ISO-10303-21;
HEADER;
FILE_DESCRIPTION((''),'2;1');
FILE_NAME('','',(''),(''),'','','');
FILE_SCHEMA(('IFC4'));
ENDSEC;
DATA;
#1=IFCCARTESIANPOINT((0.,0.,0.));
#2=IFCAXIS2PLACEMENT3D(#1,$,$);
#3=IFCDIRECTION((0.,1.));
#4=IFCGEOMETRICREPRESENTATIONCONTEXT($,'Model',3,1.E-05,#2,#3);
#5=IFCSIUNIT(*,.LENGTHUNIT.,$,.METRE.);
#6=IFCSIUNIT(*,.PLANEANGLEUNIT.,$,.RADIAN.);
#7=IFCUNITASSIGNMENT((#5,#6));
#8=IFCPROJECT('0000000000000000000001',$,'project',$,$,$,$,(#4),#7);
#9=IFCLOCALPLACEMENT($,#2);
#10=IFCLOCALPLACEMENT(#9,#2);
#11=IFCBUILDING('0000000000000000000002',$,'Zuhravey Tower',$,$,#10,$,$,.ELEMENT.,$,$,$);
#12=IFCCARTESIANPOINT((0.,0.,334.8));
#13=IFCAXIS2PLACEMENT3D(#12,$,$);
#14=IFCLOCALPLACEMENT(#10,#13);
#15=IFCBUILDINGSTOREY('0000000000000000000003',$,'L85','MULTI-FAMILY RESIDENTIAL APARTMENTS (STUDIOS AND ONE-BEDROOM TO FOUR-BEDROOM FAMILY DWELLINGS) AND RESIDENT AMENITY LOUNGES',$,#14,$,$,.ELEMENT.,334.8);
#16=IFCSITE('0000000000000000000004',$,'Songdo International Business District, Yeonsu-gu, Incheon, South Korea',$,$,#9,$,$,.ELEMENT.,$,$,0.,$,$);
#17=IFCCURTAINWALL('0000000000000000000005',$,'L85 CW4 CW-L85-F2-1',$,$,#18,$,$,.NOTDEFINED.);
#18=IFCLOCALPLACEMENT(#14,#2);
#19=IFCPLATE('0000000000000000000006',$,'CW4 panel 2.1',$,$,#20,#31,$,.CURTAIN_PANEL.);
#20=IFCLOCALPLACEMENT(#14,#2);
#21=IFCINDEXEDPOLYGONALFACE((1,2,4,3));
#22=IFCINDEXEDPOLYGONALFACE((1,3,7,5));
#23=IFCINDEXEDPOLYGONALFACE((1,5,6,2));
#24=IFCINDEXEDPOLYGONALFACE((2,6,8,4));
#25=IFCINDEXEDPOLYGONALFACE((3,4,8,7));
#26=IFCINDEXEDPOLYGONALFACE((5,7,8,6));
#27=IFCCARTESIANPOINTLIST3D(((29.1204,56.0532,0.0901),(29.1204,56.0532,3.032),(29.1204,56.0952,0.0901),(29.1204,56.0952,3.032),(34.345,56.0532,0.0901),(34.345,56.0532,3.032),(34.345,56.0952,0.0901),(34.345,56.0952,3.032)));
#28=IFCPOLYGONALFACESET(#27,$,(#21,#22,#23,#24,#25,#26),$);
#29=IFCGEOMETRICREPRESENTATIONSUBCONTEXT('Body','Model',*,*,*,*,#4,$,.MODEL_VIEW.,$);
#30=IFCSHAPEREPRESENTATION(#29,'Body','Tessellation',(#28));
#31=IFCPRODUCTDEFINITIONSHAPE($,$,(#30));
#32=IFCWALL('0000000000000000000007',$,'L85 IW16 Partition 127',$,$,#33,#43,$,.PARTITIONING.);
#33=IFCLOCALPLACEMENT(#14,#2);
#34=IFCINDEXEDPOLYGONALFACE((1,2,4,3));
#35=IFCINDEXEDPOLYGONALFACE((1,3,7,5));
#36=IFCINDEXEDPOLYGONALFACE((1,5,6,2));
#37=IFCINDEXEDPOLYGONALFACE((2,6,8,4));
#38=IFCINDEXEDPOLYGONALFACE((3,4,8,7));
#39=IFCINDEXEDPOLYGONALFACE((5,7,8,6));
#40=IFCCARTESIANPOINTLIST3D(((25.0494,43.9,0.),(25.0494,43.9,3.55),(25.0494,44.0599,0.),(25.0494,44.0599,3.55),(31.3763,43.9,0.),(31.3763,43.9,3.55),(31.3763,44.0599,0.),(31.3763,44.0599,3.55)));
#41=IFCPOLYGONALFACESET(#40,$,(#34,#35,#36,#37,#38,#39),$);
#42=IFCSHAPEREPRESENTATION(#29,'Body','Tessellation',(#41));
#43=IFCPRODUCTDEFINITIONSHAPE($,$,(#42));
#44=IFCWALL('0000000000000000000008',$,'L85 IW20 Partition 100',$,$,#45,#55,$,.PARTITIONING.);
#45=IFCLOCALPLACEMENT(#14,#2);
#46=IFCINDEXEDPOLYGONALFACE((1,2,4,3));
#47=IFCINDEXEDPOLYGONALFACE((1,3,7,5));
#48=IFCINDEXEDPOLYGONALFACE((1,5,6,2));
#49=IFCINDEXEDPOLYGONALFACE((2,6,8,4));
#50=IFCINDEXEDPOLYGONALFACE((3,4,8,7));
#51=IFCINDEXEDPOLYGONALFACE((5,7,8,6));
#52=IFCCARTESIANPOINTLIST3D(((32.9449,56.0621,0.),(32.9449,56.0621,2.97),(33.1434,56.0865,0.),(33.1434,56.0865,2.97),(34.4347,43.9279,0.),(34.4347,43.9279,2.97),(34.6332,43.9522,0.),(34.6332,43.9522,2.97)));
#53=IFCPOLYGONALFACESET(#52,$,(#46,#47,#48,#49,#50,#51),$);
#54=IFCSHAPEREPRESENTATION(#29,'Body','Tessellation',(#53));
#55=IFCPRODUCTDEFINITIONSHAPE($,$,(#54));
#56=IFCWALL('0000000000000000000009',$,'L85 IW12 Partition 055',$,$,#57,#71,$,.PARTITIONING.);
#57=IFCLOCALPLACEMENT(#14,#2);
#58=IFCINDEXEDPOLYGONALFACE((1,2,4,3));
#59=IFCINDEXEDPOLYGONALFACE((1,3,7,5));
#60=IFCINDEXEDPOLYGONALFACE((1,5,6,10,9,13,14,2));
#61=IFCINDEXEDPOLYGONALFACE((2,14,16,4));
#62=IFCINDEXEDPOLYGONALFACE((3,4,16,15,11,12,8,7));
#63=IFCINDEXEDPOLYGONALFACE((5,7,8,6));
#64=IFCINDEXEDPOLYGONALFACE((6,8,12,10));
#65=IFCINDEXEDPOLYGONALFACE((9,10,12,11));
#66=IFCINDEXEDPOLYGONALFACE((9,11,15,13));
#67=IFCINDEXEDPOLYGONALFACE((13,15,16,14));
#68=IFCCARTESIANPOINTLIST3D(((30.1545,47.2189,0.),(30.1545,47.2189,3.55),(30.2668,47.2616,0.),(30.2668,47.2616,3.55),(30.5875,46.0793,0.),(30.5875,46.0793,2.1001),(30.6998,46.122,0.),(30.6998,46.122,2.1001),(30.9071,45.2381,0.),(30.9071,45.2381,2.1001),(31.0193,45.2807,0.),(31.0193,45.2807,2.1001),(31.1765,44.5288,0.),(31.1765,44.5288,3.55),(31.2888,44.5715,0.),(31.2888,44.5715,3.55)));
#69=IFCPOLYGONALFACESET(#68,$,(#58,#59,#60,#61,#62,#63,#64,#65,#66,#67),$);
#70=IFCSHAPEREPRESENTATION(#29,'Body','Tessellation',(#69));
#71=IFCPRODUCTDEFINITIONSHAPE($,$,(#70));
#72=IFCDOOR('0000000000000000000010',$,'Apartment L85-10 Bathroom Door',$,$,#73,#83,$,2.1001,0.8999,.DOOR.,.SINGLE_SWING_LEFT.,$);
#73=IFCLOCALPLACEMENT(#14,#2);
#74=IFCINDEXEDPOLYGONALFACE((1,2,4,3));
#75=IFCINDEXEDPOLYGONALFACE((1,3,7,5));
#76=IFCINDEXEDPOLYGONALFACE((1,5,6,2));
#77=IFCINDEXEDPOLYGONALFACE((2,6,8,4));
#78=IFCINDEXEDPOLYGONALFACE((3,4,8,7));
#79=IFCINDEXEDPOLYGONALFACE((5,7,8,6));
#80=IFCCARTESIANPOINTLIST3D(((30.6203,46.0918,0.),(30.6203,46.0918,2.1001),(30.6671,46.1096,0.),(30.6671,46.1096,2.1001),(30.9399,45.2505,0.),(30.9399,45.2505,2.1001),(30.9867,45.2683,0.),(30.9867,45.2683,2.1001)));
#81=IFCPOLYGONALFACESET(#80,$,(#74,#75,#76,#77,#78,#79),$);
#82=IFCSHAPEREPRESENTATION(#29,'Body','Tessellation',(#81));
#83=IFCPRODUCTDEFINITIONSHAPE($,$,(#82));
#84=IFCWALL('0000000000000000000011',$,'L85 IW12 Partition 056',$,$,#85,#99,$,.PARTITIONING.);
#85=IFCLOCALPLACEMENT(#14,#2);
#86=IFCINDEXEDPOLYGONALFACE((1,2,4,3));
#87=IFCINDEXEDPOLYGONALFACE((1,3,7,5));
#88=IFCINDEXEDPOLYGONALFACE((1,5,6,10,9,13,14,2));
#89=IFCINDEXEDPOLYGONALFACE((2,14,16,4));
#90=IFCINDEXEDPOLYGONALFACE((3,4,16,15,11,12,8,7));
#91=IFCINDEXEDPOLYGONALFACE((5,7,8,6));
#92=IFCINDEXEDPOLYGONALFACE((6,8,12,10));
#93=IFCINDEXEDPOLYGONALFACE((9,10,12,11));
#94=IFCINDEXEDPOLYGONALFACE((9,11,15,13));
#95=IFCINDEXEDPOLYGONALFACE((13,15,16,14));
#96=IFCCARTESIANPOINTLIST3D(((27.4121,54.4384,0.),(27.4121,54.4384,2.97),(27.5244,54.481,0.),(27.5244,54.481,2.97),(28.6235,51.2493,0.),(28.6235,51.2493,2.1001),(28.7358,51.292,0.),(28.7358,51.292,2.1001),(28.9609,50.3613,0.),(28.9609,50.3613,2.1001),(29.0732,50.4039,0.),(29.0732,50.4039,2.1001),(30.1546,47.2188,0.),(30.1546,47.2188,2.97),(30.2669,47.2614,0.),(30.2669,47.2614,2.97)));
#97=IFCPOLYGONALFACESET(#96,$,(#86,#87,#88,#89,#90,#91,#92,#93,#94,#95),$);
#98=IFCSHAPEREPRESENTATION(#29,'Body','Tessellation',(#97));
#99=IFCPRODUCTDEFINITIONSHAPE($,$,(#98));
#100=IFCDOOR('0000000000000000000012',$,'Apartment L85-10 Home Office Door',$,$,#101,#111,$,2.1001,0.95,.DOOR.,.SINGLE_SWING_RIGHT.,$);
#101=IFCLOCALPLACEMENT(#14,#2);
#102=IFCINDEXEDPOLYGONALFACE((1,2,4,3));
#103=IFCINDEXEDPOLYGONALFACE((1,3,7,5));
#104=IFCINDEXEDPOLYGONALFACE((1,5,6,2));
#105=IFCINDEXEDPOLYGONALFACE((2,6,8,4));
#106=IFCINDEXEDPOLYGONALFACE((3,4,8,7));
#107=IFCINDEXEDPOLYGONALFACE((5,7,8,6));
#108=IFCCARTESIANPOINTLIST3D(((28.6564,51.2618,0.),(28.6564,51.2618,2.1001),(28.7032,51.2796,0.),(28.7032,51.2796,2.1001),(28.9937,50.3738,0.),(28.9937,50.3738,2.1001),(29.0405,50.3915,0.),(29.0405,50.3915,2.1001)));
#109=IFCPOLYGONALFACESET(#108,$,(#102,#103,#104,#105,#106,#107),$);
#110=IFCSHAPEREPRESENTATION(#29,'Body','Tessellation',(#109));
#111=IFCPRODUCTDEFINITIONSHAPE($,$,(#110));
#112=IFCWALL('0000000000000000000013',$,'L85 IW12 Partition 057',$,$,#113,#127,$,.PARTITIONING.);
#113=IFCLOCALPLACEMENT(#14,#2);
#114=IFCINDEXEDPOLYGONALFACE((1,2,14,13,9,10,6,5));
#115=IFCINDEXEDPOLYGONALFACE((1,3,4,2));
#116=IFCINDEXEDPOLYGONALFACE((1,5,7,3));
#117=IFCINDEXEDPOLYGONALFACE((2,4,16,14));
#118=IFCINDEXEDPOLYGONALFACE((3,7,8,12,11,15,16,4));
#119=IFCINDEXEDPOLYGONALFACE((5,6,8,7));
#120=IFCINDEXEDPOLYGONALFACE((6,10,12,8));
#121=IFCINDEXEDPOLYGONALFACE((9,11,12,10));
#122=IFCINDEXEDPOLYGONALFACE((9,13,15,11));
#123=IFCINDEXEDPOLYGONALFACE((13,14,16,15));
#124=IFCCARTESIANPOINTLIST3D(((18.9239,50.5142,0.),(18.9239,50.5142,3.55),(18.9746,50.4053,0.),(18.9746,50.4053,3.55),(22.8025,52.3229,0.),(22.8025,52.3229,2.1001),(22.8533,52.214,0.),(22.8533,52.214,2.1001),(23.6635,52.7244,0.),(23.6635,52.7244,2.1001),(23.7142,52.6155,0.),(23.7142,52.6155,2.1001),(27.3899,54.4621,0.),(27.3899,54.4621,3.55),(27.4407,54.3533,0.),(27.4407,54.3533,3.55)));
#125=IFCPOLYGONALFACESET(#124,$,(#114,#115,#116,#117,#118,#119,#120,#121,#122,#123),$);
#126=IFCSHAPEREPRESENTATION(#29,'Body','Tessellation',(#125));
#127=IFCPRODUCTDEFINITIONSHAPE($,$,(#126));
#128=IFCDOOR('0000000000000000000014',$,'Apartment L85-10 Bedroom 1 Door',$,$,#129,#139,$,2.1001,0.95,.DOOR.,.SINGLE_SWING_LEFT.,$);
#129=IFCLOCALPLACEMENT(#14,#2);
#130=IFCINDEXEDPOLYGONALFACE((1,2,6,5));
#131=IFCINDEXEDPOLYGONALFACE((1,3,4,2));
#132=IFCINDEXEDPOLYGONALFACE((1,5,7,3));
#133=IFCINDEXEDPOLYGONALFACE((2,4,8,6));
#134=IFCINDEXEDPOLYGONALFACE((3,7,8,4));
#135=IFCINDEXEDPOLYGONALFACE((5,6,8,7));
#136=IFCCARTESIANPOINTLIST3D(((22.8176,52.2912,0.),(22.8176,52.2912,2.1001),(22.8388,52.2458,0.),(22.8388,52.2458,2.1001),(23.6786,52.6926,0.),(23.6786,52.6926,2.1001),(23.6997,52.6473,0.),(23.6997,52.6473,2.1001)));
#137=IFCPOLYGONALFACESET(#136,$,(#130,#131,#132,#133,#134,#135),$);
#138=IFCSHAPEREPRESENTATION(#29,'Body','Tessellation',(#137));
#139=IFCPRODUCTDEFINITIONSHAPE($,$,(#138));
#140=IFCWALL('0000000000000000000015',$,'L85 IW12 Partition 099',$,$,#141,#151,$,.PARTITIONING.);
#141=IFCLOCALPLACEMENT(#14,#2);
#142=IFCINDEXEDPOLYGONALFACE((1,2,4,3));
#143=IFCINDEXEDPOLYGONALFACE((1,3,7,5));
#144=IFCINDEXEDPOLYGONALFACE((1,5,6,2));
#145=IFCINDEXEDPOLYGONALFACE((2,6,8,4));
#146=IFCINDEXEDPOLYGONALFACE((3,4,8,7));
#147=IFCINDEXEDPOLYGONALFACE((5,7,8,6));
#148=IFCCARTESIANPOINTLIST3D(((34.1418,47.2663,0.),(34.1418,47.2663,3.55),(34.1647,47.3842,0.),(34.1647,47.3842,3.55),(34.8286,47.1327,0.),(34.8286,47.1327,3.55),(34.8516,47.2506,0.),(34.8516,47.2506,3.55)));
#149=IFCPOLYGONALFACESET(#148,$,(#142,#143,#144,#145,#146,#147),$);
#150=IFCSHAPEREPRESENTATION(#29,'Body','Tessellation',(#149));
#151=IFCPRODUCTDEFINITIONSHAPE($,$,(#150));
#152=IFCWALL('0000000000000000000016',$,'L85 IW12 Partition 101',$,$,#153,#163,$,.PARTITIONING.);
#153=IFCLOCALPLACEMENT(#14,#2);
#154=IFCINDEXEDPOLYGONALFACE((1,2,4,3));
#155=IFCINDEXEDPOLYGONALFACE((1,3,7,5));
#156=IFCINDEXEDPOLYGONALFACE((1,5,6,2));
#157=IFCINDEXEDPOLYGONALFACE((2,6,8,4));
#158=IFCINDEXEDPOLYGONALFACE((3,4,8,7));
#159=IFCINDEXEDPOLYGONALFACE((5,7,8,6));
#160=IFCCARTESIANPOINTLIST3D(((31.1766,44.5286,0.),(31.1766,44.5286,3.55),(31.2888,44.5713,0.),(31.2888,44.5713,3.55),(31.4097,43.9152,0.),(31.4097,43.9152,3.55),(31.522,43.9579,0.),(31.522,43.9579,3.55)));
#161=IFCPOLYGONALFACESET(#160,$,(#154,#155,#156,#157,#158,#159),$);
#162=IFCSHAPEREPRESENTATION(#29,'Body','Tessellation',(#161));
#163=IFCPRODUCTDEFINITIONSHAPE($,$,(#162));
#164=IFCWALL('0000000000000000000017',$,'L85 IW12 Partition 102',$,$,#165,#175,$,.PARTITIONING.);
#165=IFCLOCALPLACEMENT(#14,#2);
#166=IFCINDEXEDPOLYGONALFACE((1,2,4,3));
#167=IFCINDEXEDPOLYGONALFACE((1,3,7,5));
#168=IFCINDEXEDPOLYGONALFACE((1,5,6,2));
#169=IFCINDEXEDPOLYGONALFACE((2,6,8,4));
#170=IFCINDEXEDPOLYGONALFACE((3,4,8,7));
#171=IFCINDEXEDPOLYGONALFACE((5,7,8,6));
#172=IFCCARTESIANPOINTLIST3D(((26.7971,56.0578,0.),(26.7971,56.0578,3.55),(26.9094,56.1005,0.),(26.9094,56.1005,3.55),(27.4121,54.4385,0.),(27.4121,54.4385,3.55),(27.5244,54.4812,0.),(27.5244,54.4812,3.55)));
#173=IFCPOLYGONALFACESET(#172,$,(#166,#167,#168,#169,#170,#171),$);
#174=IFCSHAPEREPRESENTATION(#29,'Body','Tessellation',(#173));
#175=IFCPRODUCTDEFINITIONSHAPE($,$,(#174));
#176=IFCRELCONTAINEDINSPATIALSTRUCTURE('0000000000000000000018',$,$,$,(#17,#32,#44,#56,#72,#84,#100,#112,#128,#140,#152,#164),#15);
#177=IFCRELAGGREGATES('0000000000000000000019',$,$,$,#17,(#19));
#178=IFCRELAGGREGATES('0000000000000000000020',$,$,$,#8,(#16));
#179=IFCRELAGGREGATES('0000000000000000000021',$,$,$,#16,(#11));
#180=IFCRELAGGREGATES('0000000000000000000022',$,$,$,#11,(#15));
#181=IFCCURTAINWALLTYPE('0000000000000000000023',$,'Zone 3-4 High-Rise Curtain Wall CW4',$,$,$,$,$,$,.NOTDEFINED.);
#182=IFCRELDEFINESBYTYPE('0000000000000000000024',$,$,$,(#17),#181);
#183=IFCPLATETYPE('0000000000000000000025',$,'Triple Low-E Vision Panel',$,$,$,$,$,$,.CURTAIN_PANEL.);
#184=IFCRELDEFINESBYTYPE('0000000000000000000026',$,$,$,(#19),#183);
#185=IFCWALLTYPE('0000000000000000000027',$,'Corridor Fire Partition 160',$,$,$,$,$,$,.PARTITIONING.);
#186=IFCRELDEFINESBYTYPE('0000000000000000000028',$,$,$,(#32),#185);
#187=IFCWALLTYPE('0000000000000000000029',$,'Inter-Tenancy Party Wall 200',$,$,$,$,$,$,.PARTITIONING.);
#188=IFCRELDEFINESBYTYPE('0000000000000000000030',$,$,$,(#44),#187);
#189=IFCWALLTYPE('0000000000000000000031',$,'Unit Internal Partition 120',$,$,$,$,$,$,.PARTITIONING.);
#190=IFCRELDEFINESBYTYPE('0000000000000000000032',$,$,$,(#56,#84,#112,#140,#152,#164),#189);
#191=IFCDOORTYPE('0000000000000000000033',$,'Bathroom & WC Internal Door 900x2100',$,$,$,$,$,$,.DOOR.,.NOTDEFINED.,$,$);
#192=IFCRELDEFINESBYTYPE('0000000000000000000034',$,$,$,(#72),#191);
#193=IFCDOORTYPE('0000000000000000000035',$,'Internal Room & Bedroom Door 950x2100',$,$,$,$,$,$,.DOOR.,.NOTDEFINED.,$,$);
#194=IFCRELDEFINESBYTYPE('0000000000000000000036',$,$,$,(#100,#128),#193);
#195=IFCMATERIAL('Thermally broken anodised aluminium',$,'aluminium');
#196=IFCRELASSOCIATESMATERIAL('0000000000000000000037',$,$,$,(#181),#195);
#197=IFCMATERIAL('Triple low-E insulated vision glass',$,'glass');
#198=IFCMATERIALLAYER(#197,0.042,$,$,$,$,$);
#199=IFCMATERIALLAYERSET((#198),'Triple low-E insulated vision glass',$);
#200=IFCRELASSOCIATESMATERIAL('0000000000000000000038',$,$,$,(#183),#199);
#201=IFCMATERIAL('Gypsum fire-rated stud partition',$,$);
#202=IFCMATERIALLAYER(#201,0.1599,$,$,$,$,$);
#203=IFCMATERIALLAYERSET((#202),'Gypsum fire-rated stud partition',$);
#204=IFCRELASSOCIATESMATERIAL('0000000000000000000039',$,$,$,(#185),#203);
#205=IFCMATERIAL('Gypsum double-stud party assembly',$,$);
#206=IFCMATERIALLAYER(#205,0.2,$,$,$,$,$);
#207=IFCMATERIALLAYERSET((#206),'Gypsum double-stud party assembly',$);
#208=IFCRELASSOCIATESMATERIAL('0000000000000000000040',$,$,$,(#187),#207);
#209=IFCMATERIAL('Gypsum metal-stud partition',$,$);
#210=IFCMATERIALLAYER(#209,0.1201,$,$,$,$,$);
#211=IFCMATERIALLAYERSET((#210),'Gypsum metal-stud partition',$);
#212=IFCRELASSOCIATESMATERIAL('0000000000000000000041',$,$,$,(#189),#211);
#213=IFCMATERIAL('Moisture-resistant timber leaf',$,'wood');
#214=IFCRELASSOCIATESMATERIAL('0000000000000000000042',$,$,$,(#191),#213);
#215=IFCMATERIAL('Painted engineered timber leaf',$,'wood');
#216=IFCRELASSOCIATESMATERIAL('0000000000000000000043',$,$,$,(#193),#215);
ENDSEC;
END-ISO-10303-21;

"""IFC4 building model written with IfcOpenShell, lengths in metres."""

from ifc_helpers import new_model, si_unit, direction, frame, frame_2d, origin, origin_2d, place, context, subcontext, project, spatial, rectangle, extrude, material, layer, layer_set, type_object, element, fill, aggregate, save


model = new_model("IFC4")

# Units and contexts
model_context = context("Model", 3, precision=1e-05, world=origin(), true_north=direction((0.0, 1.0)))
body_context = subcontext(model_context, "Body", "Model", "MODEL_VIEW")
ifc_project = project(units=[si_unit("LENGTHUNIT", "METRE"), si_unit("PLANEANGLEUNIT", "RADIAN")], contexts=[model_context])

# Site, building, storey
site_placement = place(None, origin())
site = spatial("IfcSite", under=ifc_project, at=site_placement, Name="Songdo International Business District, Yeonsu-gu, Incheon, South Korea", CompositionType="ELEMENT", RefElevation=0.0)
building_placement = place(site_placement, origin())
building = spatial("IfcBuilding", under=site, at=building_placement, Name="Zuhravey Tower", CompositionType="ELEMENT")
storey_placement = place(building_placement, frame((0.0, 0.0, 334.8)))
storey = spatial("IfcBuildingStorey", under=building, at=storey_placement, Name="L85", Description="MULTI-FAMILY RESIDENTIAL APARTMENTS (STUDIOS AND ONE-BEDROOM TO FOUR-BEDROOM FAMILY DWELLINGS) AND RESIDENT AMENITY LOUNGES", CompositionType="ELEMENT", Elevation=334.8)

# Curtain wall
ifc_material_1 = material(Name="Thermally broken anodised aluminium", Category="aluminium")
curtain_wall_type = type_object("IfcCurtainWallType", Name="Zone 3-4 High-Rise Curtain Wall CW4", PredefinedType="NOTDEFINED", material=ifc_material_1)
curtain_wall_placement = place(storey_placement, origin())
curtain_wall = element("IfcCurtainWall", 1, at=curtain_wall_placement, inside=storey, type_object=curtain_wall_type, Name="L85 CW4 CW-L85-F2-1", PredefinedType="NOTDEFINED")

# Plate
ifc_material_2 = material(Name="Triple low-E insulated vision glass", Category="glass")
ifc_layer_1 = layer(ifc_material_2, 0.042)
ifc_layer_set_1 = layer_set([ifc_layer_1], Name="Triple low-E insulated vision glass")
plate_type = type_object("IfcPlateType", Name="Triple Low-E Vision Panel", PredefinedType="CURTAIN_PANEL", material=ifc_layer_set_1)
plate_1_placement = place(storey_placement, frame((31.7327, 56.0742, 0.0901), z_axis=(0.0, 0.0, 1.0), x_axis=(1.0, 0.0, 0.0)))
plate_1 = element("IfcPlate", 2, at=plate_1_placement, type_object=plate_type, Name="CW4 panel 2.1", PredefinedType="CURTAIN_PANEL", context=body_context, shape_type="SweptSolid", body=[
    extrude(rectangle(XDim=5.2246, YDim=0.042, at=origin_2d()), origin(), (0.0, 0.0, 1.0), 2.9419),
])
aggregate(curtain_wall, [plate_1])

# Shared definitions
ifc_material_3 = material(Name="Gypsum fire-rated stud partition")
ifc_layer_2 = layer(ifc_material_3, 0.1599)
ifc_layer_set_2 = layer_set([ifc_layer_2], Name="Gypsum fire-rated stud partition")
wall_type_1 = type_object("IfcWallType", Name="Corridor Fire Partition 160", PredefinedType="PARTITIONING", material=ifc_layer_set_2)

# Walls
wall_1_placement = place(storey_placement, frame((31.3765, 43.98, 0.0), z_axis=(0.0, 0.0, 1.0), x_axis=(-1.0, 0.0, 0.0)))
element("IfcWall", 3, at=wall_1_placement, inside=storey, type_object=wall_type_1, Name="L85 IW16 Partition 127", PredefinedType="PARTITIONING", context=body_context, shape_type="SweptSolid", body=[
    extrude(rectangle(XDim=6.3269, YDim=0.1599, at=frame_2d((3.1636, 0.0))), origin(), (0.0, 0.0, 1.0), 3.55),
])
ifc_material_4 = material(Name="Gypsum double-stud party assembly")
ifc_layer_3 = layer(ifc_material_4, 0.2)
ifc_layer_set_3 = layer_set([ifc_layer_3], Name="Gypsum double-stud party assembly")
wall_type_2 = type_object("IfcWallType", Name="Inter-Tenancy Party Wall 200", PredefinedType="PARTITIONING", material=ifc_layer_set_3)
wall_2_placement = place(storey_placement, frame((34.5339, 43.9399, 0.0), z_axis=(0.0, 0.0, 1.0), x_axis=(-0.121857, 0.992548, 0.0)))
element("IfcWall", 4, at=wall_2_placement, inside=storey, type_object=wall_type_2, Name="L85 IW20 Partition 100", PredefinedType="PARTITIONING", context=body_context, shape_type="SweptSolid", body=[
    extrude(rectangle(XDim=12.2253, YDim=0.2, at=frame_2d((6.1128, 0.0))), origin(), (0.0, 0.0, 1.0), 2.97),
])

# Walls, openings, doors
ifc_material_5 = material(Name="Gypsum metal-stud partition")
ifc_layer_4 = layer(ifc_material_5, 0.1201)
ifc_layer_set_4 = layer_set([ifc_layer_4], Name="Gypsum metal-stud partition")
wall_type_3 = type_object("IfcWallType", Name="Unit Internal Partition 120", PredefinedType="PARTITIONING", material=ifc_layer_set_4)
wall_3_placement = place(storey_placement, frame((31.2327, 44.55, 0.0), z_axis=(0.0, 0.0, 1.0), x_axis=(-0.355127, 0.934818, 0.0)))
wall_3 = element("IfcWall", 5, at=wall_3_placement, inside=storey, type_object=wall_type_3, Name="L85 IW12 Partition 055", PredefinedType="PARTITIONING", context=body_context, shape_type="SweptSolid", body=[
    extrude(rectangle(XDim=2.8777, YDim=0.1201, at=frame_2d((1.439, 0.0))), origin(), (0.0, 0.0, 1.0), 3.55),
])
opening_1_placement = place(wall_3_placement, frame((0.7588, 0.0, 0.0)))
opening_1 = element("IfcOpeningElement", 6, at=opening_1_placement, cuts=wall_3, PredefinedType="OPENING", context=body_context, shape_type="SweptSolid", body=[
    extrude(rectangle(XDim=0.8999, YDim=2.1001, at=frame_2d((0.45, 1.05))), frame((0.0, 0.072, 0.0), z_axis=(0.0, -1.0, 0.0), x_axis=(1.0, 0.0, 0.0)), (0.0, 0.0, 1.0), 0.144),
])
ifc_material_6 = material(Name="Moisture-resistant timber leaf", Category="wood")
door_type_1 = type_object("IfcDoorType", Name="Bathroom & WC Internal Door 900x2100", OperationType="NOTDEFINED", PredefinedType="DOOR", material=ifc_material_6)
door_1_placement = place(opening_1_placement, origin())
door_1 = element("IfcDoor", 7, at=door_1_placement, inside=storey, type_object=door_type_1, Name="Apartment L85-10 Bathroom Door", OperationType="SINGLE_SWING_LEFT", OverallHeight=2.1001, OverallWidth=0.8999, PredefinedType="DOOR", context=body_context, shape_type="SweptSolid", body=[
    extrude(rectangle(XDim=0.8999, YDim=2.1001, at=frame_2d((0.45, 1.05))), frame((0.0, 0.0249, 0.0), z_axis=(0.0, -1.0, 0.0), x_axis=(1.0, 0.0, 0.0)), (0.0, 0.0, 1.0), 0.05),
])
fill(opening_1, door_1)
wall_4_placement = place(storey_placement, frame((30.2107, 47.2402, 0.0), z_axis=(0.0, 0.0, 1.0), x_axis=(-0.355108, 0.934825, 0.0)))
wall_4 = element("IfcWall", 8, at=wall_4_placement, inside=storey, type_object=wall_type_3, Name="L85 IW12 Partition 056", PredefinedType="PARTITIONING", context=body_context, shape_type="SweptSolid", body=[
    extrude(rectangle(XDim=7.7229, YDim=0.1201, at=frame_2d((3.8613, 0.0))), origin(), (0.0, 0.0, 1.0), 2.97),
])
opening_2_placement = place(wall_4_placement, frame((3.3613, 0.0, 0.0)))
opening_2 = element("IfcOpeningElement", 9, at=opening_2_placement, cuts=wall_4, PredefinedType="OPENING", context=body_context, shape_type="SweptSolid", body=[
    extrude(rectangle(XDim=0.95, YDim=2.1001, at=frame_2d((0.4751, 1.05))), frame((0.0, 0.072, 0.0), z_axis=(0.0, -1.0, 0.0), x_axis=(1.0, 0.0, 0.0)), (0.0, 0.0, 1.0), 0.144),
])
ifc_material_7 = material(Name="Painted engineered timber leaf", Category="wood")
door_type_2 = type_object("IfcDoorType", Name="Internal Room & Bedroom Door 950x2100", OperationType="NOTDEFINED", PredefinedType="DOOR", material=ifc_material_7)
door_2_placement = place(opening_2_placement, origin())
door_2 = element("IfcDoor", 10, at=door_2_placement, inside=storey, type_object=door_type_2, Name="Apartment L85-10 Home Office Door", OperationType="SINGLE_SWING_RIGHT", OverallHeight=2.1001, OverallWidth=0.95, PredefinedType="DOOR", context=body_context, shape_type="SweptSolid", body=[
    extrude(rectangle(XDim=0.95, YDim=2.1001, at=frame_2d((0.4751, 1.05))), frame((0.0, 0.0249, 0.0), z_axis=(0.0, -1.0, 0.0), x_axis=(1.0, 0.0, 0.0)), (0.0, 0.0, 1.0), 0.05),
])
fill(opening_2, door_2)
wall_5_placement = place(storey_placement, frame((27.4153, 54.4077, 0.0), z_axis=(0.0, 0.0, 1.0), x_axis=(-0.906299, -0.422636, 0.0)))
wall_5 = element("IfcWall", 11, at=wall_5_placement, inside=storey, type_object=wall_type_3, Name="L85 IW12 Partition 057", PredefinedType="PARTITIONING", context=body_context, shape_type="SweptSolid", body=[
    extrude(rectangle(XDim=9.3413, YDim=0.1201, at=frame_2d((4.6707, 0.0))), origin(), (0.0, 0.0, 1.0), 3.55),
])
opening_3_placement = place(wall_5_placement, frame((4.1116, 0.0, 0.0)))
opening_3 = element("IfcOpeningElement", 12, at=opening_3_placement, cuts=wall_5, PredefinedType="OPENING", context=body_context, shape_type="SweptSolid", body=[
    extrude(rectangle(XDim=0.95, YDim=2.1001, at=frame_2d((0.4751, 1.05))), frame((0.0, 0.072, 0.0), z_axis=(0.0, -1.0, 0.0), x_axis=(1.0, 0.0, 0.0)), (0.0, 0.0, 1.0), 0.144),
])
door_3_placement = place(opening_3_placement, frame((0.95, 0.0, 0.0), z_axis=(0.0, 0.0, 1.0), x_axis=(-1.0, 0.0, 0.0)))
door_3 = element("IfcDoor", 13, at=door_3_placement, inside=storey, type_object=door_type_2, Name="Apartment L85-10 Bedroom 1 Door", OperationType="SINGLE_SWING_LEFT", OverallHeight=2.1001, OverallWidth=0.95, PredefinedType="DOOR", context=body_context, shape_type="SweptSolid", body=[
    extrude(rectangle(XDim=0.95, YDim=2.1001, at=frame_2d((0.4751, 1.05))), frame((0.0, 0.0249, 0.0), z_axis=(0.0, -1.0, 0.0), x_axis=(1.0, 0.0, 0.0)), (0.0, 0.0, 1.0), 0.05),
])
fill(opening_3, door_3)

# Walls
wall_6_placement = place(storey_placement, frame((34.8401, 47.1917, 0.0), z_axis=(0.0, 0.0, 1.0), x_axis=(-0.981614, 0.190879, 0.0)))
element("IfcWall", 14, at=wall_6_placement, inside=storey, type_object=wall_type_3, Name="L85 IW12 Partition 099", PredefinedType="PARTITIONING", context=body_context, shape_type="SweptSolid", body=[
    extrude(rectangle(XDim=0.6997, YDim=0.1201, at=frame_2d((0.3499, 0.0))), origin(), (0.0, 0.0, 1.0), 3.55),
])
wall_7_placement = place(storey_placement, frame((31.4658, 43.9365, 0.0), z_axis=(0.0, 0.0, 1.0), x_axis=(-0.355237, 0.934776, 0.0)))
element("IfcWall", 15, at=wall_7_placement, inside=storey, type_object=wall_type_3, Name="L85 IW12 Partition 101", PredefinedType="PARTITIONING", context=body_context, shape_type="SweptSolid", body=[
    extrude(rectangle(XDim=0.6562, YDim=0.1201, at=frame_2d((0.3281, 0.0))), origin(), (0.0, 0.0, 1.0), 3.55),
])
wall_8_placement = place(storey_placement, frame((27.4683, 54.4597, 0.0), z_axis=(0.0, 0.0, 1.0), x_axis=(-0.355028, 0.934856, 0.0)))
element("IfcWall", 16, at=wall_8_placement, inside=storey, type_object=wall_type_3, Name="L85 IW12 Partition 102", PredefinedType="PARTITIONING", context=body_context, shape_type="SweptSolid", body=[
    extrude(rectangle(XDim=1.7322, YDim=0.1201, at=frame_2d((0.8662, 0.0))), origin(), (0.0, 0.0, 1.0), 3.55),
])

save(model, "model.ifc")
